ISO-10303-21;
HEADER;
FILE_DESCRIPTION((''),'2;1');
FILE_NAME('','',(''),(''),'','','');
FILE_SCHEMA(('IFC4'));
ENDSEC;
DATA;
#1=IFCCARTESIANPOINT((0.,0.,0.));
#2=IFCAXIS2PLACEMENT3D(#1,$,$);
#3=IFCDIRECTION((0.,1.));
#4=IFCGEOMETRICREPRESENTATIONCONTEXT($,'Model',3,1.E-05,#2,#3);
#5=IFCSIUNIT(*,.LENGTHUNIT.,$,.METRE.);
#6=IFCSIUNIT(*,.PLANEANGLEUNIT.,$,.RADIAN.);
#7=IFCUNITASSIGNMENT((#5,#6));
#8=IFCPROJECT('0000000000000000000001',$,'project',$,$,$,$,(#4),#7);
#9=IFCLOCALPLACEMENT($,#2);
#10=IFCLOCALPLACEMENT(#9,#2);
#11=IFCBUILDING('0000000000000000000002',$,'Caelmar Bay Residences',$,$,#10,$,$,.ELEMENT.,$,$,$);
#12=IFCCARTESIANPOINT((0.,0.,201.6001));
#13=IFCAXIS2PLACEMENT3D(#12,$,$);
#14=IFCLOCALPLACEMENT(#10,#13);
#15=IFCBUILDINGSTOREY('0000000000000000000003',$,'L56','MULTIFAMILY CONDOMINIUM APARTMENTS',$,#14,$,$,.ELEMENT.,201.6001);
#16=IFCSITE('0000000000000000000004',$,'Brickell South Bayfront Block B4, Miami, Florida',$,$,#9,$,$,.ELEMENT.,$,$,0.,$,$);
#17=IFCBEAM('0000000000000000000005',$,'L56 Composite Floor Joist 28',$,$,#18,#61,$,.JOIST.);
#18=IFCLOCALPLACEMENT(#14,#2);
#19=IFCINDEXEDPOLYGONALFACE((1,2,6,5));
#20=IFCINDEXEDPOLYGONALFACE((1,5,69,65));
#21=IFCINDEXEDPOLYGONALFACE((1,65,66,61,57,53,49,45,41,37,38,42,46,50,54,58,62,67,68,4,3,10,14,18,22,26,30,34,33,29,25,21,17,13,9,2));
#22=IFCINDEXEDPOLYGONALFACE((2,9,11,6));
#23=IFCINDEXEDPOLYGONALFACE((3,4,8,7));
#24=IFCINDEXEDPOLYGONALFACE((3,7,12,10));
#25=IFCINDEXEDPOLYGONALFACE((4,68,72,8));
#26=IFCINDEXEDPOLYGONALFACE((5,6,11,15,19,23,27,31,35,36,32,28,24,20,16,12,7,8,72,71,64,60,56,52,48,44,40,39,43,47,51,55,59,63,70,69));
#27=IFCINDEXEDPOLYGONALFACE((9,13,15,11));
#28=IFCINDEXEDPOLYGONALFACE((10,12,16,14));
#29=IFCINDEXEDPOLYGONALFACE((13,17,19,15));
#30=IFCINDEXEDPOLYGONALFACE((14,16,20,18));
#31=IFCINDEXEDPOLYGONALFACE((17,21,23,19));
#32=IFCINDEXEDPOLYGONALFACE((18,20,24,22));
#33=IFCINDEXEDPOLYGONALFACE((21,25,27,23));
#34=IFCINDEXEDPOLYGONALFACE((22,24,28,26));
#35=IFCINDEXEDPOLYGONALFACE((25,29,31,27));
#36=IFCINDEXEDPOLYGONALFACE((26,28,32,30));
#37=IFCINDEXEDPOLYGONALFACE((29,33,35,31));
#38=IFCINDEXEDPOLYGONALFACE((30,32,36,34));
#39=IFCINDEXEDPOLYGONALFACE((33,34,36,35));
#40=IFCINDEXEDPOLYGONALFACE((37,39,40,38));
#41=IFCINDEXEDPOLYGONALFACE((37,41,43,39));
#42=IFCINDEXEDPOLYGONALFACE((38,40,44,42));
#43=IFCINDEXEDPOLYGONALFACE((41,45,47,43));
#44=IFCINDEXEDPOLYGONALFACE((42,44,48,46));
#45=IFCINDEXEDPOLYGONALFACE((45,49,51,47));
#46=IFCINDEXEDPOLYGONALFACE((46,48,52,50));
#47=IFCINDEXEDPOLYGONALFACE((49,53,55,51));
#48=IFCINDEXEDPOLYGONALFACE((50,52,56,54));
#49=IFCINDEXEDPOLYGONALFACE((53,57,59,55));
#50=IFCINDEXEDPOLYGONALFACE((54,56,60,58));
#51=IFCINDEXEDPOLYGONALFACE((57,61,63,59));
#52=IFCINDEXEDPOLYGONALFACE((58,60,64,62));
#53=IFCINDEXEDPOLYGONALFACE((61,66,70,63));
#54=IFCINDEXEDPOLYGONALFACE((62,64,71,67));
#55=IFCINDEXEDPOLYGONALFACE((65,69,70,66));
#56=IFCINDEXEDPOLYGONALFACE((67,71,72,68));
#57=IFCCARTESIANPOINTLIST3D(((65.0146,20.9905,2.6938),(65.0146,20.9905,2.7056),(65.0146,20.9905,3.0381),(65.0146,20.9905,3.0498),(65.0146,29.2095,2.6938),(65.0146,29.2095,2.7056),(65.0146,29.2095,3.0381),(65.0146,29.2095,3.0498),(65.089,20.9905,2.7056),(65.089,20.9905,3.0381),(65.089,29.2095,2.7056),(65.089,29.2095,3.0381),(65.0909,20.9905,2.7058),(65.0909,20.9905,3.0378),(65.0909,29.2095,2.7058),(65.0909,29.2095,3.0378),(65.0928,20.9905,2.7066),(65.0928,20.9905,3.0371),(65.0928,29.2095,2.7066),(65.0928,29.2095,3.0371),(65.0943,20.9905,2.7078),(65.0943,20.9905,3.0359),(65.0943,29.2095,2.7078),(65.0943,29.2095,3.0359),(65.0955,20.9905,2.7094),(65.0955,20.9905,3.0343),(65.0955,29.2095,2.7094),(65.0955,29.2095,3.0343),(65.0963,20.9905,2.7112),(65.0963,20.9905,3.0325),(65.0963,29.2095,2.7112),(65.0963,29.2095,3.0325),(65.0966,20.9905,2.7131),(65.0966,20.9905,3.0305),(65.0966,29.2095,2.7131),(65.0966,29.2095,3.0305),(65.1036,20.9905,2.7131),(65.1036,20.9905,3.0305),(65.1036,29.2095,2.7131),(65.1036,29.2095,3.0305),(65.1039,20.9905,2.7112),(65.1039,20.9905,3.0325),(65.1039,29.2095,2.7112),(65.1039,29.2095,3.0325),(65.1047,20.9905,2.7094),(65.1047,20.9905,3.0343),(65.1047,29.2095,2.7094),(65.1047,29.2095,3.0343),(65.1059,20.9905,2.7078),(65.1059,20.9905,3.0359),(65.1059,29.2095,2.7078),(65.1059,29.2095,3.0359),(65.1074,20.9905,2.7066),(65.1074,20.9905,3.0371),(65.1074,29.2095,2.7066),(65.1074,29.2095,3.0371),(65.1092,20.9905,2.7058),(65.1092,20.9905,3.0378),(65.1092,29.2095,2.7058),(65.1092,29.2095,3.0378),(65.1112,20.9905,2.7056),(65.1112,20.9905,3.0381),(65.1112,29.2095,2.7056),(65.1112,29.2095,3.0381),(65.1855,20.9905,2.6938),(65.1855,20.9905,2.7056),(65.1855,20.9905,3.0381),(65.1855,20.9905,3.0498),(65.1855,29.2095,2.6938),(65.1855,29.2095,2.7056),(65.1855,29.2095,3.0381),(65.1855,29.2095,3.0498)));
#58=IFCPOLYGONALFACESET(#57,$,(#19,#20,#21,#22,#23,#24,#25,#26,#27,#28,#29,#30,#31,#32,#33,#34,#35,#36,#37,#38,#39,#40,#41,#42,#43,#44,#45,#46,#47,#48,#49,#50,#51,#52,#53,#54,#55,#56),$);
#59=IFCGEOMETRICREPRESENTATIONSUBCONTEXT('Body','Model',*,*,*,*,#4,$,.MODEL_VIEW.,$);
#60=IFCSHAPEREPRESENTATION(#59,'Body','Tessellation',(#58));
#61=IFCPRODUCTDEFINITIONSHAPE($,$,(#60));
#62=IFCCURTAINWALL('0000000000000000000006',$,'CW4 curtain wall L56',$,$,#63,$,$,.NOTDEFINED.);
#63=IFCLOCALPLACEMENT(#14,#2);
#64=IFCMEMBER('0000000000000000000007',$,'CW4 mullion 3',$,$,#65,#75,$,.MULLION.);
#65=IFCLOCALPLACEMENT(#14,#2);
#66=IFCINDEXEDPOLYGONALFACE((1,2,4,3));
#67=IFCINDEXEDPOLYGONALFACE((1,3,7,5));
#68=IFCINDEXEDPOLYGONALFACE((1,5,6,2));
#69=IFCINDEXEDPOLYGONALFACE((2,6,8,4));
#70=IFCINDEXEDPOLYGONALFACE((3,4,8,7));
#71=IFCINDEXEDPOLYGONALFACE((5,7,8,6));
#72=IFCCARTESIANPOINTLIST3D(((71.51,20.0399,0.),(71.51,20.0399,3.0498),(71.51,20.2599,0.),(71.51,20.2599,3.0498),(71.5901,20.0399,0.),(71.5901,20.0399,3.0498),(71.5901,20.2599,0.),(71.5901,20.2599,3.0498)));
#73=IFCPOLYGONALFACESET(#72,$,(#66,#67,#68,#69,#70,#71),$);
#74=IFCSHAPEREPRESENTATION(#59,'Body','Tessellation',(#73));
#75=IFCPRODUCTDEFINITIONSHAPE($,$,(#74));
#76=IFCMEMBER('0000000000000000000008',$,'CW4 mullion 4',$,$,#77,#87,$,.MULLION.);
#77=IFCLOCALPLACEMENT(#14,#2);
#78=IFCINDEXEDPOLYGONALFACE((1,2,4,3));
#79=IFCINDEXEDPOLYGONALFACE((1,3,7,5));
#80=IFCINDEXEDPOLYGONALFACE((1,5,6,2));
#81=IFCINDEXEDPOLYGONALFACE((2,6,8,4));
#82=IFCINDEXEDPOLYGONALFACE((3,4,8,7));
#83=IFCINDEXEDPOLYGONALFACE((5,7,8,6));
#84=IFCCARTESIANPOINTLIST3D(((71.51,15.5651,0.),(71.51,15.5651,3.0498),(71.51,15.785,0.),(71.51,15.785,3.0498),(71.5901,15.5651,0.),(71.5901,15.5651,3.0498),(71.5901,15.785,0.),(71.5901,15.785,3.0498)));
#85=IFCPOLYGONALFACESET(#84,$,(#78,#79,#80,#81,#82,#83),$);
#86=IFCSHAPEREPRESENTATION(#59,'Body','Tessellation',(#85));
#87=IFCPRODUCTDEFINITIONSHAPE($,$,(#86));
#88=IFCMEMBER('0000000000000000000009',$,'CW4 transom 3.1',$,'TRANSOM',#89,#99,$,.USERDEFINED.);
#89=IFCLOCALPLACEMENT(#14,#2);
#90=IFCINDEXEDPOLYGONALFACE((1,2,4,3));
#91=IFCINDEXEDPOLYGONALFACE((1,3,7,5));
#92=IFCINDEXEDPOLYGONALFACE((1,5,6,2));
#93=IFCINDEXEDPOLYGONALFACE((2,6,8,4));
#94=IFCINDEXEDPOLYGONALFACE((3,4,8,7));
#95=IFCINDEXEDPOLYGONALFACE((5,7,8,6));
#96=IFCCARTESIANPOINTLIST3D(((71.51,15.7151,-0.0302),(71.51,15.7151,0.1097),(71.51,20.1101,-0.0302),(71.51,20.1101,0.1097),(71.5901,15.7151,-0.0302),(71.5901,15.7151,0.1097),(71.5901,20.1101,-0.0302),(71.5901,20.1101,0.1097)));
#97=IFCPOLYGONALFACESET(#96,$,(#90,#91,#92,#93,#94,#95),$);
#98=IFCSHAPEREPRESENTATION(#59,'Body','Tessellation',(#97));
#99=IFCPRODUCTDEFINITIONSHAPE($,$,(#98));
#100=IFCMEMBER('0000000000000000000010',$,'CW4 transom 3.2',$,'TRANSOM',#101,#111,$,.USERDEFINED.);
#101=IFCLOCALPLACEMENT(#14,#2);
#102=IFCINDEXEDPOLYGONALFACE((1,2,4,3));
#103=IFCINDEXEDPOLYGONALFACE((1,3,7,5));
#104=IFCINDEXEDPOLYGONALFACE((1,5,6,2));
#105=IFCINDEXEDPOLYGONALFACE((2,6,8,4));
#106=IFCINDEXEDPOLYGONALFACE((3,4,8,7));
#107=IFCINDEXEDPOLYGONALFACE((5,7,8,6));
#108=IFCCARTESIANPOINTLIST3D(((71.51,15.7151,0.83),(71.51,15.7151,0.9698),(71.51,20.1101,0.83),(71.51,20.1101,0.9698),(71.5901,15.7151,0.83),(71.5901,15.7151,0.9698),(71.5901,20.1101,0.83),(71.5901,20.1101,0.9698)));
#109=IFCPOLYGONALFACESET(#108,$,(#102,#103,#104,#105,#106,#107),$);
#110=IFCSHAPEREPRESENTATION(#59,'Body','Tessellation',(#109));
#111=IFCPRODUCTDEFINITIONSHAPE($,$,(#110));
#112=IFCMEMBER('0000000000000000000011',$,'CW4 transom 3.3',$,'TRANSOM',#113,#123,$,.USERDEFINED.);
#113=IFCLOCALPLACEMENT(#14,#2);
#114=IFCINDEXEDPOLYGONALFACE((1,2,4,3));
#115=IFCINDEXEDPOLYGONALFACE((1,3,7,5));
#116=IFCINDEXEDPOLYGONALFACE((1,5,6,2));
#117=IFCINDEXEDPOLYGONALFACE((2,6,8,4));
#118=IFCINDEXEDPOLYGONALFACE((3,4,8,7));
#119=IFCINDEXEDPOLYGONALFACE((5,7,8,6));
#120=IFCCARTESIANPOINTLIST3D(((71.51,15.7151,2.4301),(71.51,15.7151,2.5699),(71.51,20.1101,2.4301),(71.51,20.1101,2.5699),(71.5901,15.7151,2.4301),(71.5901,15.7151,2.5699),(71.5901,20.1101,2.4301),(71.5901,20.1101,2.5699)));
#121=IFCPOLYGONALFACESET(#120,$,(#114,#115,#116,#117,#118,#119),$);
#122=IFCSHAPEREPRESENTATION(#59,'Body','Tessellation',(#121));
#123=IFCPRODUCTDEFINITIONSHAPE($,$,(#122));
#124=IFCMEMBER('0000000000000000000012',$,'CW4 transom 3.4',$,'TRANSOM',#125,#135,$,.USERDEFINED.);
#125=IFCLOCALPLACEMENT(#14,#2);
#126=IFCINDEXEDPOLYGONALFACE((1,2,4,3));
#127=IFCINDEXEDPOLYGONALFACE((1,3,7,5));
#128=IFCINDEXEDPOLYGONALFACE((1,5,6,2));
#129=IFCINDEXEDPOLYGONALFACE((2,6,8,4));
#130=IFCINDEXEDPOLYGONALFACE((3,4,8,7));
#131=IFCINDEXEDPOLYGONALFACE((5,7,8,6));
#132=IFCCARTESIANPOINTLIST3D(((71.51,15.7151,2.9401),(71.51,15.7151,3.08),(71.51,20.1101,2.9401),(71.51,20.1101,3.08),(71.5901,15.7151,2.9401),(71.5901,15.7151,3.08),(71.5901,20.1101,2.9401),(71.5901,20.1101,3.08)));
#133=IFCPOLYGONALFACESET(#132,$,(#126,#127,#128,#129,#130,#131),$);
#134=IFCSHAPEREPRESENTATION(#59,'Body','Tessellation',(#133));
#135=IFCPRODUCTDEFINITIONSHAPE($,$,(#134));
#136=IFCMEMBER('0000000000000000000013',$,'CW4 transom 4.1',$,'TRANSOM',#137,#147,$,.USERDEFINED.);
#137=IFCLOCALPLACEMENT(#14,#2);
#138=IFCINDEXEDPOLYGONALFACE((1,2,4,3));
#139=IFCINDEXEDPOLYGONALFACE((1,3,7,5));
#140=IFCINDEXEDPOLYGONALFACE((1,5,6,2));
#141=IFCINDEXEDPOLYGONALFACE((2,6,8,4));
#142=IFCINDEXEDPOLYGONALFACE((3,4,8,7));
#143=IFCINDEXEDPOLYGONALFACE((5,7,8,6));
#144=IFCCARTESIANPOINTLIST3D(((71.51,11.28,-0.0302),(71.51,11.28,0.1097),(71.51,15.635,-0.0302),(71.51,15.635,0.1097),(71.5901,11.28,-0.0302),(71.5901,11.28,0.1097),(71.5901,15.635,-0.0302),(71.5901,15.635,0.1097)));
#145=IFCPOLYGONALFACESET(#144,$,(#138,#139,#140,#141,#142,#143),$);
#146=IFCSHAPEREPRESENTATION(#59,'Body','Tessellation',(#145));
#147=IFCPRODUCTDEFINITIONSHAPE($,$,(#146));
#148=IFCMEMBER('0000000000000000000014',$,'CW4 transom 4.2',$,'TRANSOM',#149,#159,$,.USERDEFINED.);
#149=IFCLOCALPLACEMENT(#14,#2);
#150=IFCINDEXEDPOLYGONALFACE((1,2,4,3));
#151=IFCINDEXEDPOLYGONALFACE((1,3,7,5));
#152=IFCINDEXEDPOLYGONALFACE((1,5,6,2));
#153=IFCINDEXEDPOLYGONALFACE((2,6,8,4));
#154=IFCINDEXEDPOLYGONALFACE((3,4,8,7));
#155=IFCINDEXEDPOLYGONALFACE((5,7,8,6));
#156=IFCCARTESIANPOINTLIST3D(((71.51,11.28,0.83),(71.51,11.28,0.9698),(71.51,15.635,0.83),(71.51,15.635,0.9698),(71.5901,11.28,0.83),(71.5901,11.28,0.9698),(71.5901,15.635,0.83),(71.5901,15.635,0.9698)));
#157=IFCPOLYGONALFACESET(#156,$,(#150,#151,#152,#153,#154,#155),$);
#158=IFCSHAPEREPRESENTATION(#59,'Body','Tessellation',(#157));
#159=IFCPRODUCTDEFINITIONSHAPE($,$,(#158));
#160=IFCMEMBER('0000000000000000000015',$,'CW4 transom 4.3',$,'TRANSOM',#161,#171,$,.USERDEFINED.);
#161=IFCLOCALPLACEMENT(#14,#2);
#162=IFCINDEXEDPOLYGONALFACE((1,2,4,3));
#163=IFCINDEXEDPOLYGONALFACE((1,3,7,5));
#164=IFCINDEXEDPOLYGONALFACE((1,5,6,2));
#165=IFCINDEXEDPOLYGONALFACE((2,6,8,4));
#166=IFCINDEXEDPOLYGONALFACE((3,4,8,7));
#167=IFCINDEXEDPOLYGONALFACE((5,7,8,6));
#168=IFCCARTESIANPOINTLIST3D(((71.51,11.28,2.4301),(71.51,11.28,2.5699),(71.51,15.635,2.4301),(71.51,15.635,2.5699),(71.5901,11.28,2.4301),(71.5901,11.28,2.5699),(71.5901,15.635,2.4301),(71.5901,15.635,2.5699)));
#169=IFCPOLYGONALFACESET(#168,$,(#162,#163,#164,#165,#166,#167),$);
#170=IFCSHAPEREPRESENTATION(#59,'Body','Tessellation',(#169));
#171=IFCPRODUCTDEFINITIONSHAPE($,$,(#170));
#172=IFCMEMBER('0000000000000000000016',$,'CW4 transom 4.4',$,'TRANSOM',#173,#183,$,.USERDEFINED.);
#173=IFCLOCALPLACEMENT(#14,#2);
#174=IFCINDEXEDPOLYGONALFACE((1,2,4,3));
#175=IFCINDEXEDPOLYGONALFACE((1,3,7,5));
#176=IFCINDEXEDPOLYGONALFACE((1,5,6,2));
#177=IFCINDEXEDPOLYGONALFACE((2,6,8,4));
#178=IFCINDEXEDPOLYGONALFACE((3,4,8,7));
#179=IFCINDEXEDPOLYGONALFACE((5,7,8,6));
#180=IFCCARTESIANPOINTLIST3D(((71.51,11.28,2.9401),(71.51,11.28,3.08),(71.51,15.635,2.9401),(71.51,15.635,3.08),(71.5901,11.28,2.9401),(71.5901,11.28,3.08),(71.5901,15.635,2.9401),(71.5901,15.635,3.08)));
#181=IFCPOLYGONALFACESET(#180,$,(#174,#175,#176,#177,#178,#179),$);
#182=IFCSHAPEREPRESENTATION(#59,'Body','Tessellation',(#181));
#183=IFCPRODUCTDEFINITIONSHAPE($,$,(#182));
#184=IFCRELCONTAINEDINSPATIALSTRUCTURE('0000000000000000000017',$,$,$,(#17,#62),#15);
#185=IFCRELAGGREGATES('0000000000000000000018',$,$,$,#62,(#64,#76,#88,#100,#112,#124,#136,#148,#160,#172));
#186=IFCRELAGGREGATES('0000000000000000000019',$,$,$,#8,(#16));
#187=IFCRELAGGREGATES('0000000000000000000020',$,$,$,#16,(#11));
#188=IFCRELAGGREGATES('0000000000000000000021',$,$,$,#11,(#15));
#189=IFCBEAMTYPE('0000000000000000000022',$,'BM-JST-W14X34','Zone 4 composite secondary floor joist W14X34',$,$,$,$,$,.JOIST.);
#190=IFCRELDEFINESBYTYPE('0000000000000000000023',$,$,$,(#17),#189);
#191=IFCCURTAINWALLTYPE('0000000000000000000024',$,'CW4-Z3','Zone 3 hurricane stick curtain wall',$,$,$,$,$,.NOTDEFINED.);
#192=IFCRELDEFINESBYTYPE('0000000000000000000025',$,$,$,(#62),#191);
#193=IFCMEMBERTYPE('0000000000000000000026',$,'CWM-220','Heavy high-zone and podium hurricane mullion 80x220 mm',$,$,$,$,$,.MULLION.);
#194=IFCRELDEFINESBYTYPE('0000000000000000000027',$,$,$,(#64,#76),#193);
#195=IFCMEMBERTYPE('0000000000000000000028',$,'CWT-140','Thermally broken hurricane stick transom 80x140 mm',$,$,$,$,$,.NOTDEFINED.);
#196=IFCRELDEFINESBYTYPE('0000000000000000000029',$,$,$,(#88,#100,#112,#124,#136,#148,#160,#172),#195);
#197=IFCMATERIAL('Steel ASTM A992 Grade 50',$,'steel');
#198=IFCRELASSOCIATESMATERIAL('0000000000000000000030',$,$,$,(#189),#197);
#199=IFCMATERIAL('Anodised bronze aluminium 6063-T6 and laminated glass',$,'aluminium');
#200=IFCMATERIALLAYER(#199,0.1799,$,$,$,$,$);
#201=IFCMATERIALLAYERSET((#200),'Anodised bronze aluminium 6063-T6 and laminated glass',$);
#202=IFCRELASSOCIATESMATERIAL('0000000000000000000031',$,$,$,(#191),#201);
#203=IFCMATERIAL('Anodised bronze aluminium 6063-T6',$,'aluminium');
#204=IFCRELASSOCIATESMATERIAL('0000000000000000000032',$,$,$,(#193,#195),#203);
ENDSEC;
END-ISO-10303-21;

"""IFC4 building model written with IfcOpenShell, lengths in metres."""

from ifc_helpers import new_model, si_unit, direction, frame, origin, origin_2d, place, context, subcontext, project, spatial, rectangle, i_section, extrude, material, layer, layer_set, material_profile, profile_set, type_object, element, aggregate, save


model = new_model("IFC4")

# Units and contexts
model_context = context("Model", 3, precision=1e-05, world=origin(), true_north=direction((0.0, 1.0)))
body_context = subcontext(model_context, "Body", "Model", "MODEL_VIEW")
ifc_project = project(units=[si_unit("LENGTHUNIT", "METRE"), si_unit("PLANEANGLEUNIT", "RADIAN")], contexts=[model_context])

# Site, building, storey
site_placement = place(None, origin())
site = spatial("IfcSite", under=ifc_project, at=site_placement, Name="Brickell South Bayfront Block B4, Miami, Florida", CompositionType="ELEMENT", RefElevation=0.0)
building_placement = place(site_placement, origin())
building = spatial("IfcBuilding", under=site, at=building_placement, Name="Caelmar Bay Residences", CompositionType="ELEMENT")
storey_placement = place(building_placement, frame((0.0, 0.0, 201.6001)))
storey = spatial("IfcBuildingStorey", under=building, at=storey_placement, Name="L56", Description="MULTIFAMILY CONDOMINIUM APARTMENTS", CompositionType="ELEMENT", Elevation=201.6001)

# Beam
ifc_material_1 = material(Name="Steel ASTM A992 Grade 50", Category="steel")
ifc_material_profile_1 = material_profile(ifc_material_1, i_section(OverallWidth=0.1709, OverallDepth=0.356, WebThickness=0.0071, FlangeThickness=0.0117, FilletRadius=0.0076, at=origin_2d()), Name="W14X34")
ifc_profile_set_1 = profile_set([ifc_material_profile_1], Name="Steel ASTM A992 Grade 50")
beam_type_1 = type_object("IfcBeamType", Name="BM-JST-W14X34", Description="Zone 4 composite secondary floor joist W14X34", PredefinedType="JOIST", material=ifc_profile_set_1)
beam_1_placement = place(storey_placement, frame((65.1001, 20.9905, 2.8718), z_axis=(0.0, 1.0, 0.0), x_axis=(-1.0, 0.0, 0.0)))
element("IfcBeam", 1, at=beam_1_placement, inside=storey, type_object=beam_type_1, Name="L56 Composite Floor Joist 28", PredefinedType="JOIST", context=body_context, shape_type="SweptSolid", body=[
    extrude(i_section(OverallWidth=0.1709, OverallDepth=0.356, WebThickness=0.0071, FlangeThickness=0.0117, FilletRadius=0.0076, at=origin_2d()), origin(), (0.0, 0.0, 1.0), 8.219),
])

# Curtain wall, members
ifc_material_2 = material(Name="Anodised bronze aluminium 6063-T6 and laminated glass", Category="aluminium")
ifc_layer_1 = layer(ifc_material_2, 0.1799)
ifc_layer_set_1 = layer_set([ifc_layer_1], Name="Anodised bronze aluminium 6063-T6 and laminated glass")
curtain_wall_type = type_object("IfcCurtainWallType", Name="CW4-Z3", Description="Zone 3 hurricane stick curtain wall", PredefinedType="NOTDEFINED", material=ifc_layer_set_1)
curtain_wall_placement = place(storey_placement, origin())
curtain_wall = element("IfcCurtainWall", 2, at=curtain_wall_placement, inside=storey, type_object=curtain_wall_type, Name="CW4 curtain wall L56", PredefinedType="NOTDEFINED")
ifc_material_3 = material(Name="Anodised bronze aluminium 6063-T6", Category="aluminium")
ifc_material_profile_2 = material_profile(ifc_material_3, rectangle(XDim=0.0801, YDim=0.22, at=origin_2d()), Name="CWM-80X220")
ifc_profile_set_2 = profile_set([ifc_material_profile_2], Name="Anodised bronze aluminium 6063-T6")
member_type_1 = type_object("IfcMemberType", Name="CWM-220", Description="Heavy high-zone and podium hurricane mullion 80x220 mm", PredefinedType="MULLION", material=ifc_profile_set_2)
member_1_placement = place(storey_placement, frame((71.55, 20.1499, 0.0), z_axis=(0.0, 0.0, 1.0), x_axis=(1.0, 0.0, 0.0)))
member_1 = element("IfcMember", 3, at=member_1_placement, type_object=member_type_1, Name="CW4 mullion 3", PredefinedType="MULLION", context=body_context, shape_type="SweptSolid", body=[
    extrude(rectangle(XDim=0.0801, YDim=0.22, at=origin_2d()), origin(), (0.0, 0.0, 1.0), 3.0498),
])
member_2_placement = place(storey_placement, frame((71.55, 15.675, 0.0), z_axis=(0.0, 0.0, 1.0), x_axis=(1.0, 0.0, 0.0)))
member_2 = element("IfcMember", 4, at=member_2_placement, type_object=member_type_1, Name="CW4 mullion 4", PredefinedType="MULLION", context=body_context, shape_type="SweptSolid", body=[
    extrude(rectangle(XDim=0.0801, YDim=0.22, at=origin_2d()), origin(), (0.0, 0.0, 1.0), 3.0498),
])
ifc_material_profile_3 = material_profile(ifc_material_3, rectangle(XDim=0.0801, YDim=0.1399, at=origin_2d()), Name="CWT-80X140")
ifc_profile_set_3 = profile_set([ifc_material_profile_3], Name="Anodised bronze aluminium 6063-T6")
member_type_2 = type_object("IfcMemberType", Name="CWT-140", Description="Thermally broken hurricane stick transom 80x140 mm", PredefinedType="NOTDEFINED", material=ifc_profile_set_3)
member_3_placement = place(storey_placement, frame((71.55, 20.1101, 0.0398), z_axis=(0.0, -1.0, 0.0), x_axis=(1.0, 0.0, 0.0)))
member_3 = element("IfcMember", 5, at=member_3_placement, type_object=member_type_2, Name="CW4 transom 3.1", ObjectType="TRANSOM", PredefinedType="USERDEFINED", context=body_context, shape_type="SweptSolid", body=[
    extrude(rectangle(XDim=0.0801, YDim=0.1399, at=origin_2d()), origin(), (0.0, 0.0, 1.0), 4.395),
])
member_4_placement = place(storey_placement, frame((71.55, 20.1101, 0.8999), z_axis=(0.0, -1.0, 0.0), x_axis=(1.0, 0.0, 0.0)))
member_4 = element("IfcMember", 6, at=member_4_placement, type_object=member_type_2, Name="CW4 transom 3.2", ObjectType="TRANSOM", PredefinedType="USERDEFINED", context=body_context, shape_type="SweptSolid", body=[
    extrude(rectangle(XDim=0.0801, YDim=0.1399, at=origin_2d()), origin(), (0.0, 0.0, 1.0), 4.395),
])
member_5_placement = place(storey_placement, frame((71.55, 20.1101, 2.5), z_axis=(0.0, -1.0, 0.0), x_axis=(1.0, 0.0, 0.0)))
member_5 = element("IfcMember", 7, at=member_5_placement, type_object=member_type_2, Name="CW4 transom 3.3", ObjectType="TRANSOM", PredefinedType="USERDEFINED", context=body_context, shape_type="SweptSolid", body=[
    extrude(rectangle(XDim=0.0801, YDim=0.1399, at=origin_2d()), origin(), (0.0, 0.0, 1.0), 4.395),
])
member_6_placement = place(storey_placement, frame((71.55, 20.1101, 3.01), z_axis=(0.0, -1.0, 0.0), x_axis=(1.0, 0.0, 0.0)))
member_6 = element("IfcMember", 8, at=member_6_placement, type_object=member_type_2, Name="CW4 transom 3.4", ObjectType="TRANSOM", PredefinedType="USERDEFINED", context=body_context, shape_type="SweptSolid", body=[
    extrude(rectangle(XDim=0.0801, YDim=0.1399, at=origin_2d()), origin(), (0.0, 0.0, 1.0), 4.395),
])
member_7_placement = place(storey_placement, frame((71.55, 15.635, 0.0398), z_axis=(0.0, -1.0, 0.0), x_axis=(1.0, 0.0, 0.0)))
member_7 = element("IfcMember", 9, at=member_7_placement, type_object=member_type_2, Name="CW4 transom 4.1", ObjectType="TRANSOM", PredefinedType="USERDEFINED", context=body_context, shape_type="SweptSolid", body=[
    extrude(rectangle(XDim=0.0801, YDim=0.1399, at=origin_2d()), origin(), (0.0, 0.0, 1.0), 4.355),
])
member_8_placement = place(storey_placement, frame((71.55, 15.635, 0.8999), z_axis=(0.0, -1.0, 0.0), x_axis=(1.0, 0.0, 0.0)))
member_8 = element("IfcMember", 10, at=member_8_placement, type_object=member_type_2, Name="CW4 transom 4.2", ObjectType="TRANSOM", PredefinedType="USERDEFINED", context=body_context, shape_type="SweptSolid", body=[
    extrude(rectangle(XDim=0.0801, YDim=0.1399, at=origin_2d()), origin(), (0.0, 0.0, 1.0), 4.355),
])
member_9_placement = place(storey_placement, frame((71.55, 15.635, 2.5), z_axis=(0.0, -1.0, 0.0), x_axis=(1.0, 0.0, 0.0)))
member_9 = element("IfcMember", 11, at=member_9_placement, type_object=member_type_2, Name="CW4 transom 4.3", ObjectType="TRANSOM", PredefinedType="USERDEFINED", context=body_context, shape_type="SweptSolid", body=[
    extrude(rectangle(XDim=0.0801, YDim=0.1399, at=origin_2d()), origin(), (0.0, 0.0, 1.0), 4.355),
])
member_10_placement = place(storey_placement, frame((71.55, 15.635, 3.01), z_axis=(0.0, -1.0, 0.0), x_axis=(1.0, 0.0, 0.0)))
member_10 = element("IfcMember", 12, at=member_10_placement, type_object=member_type_2, Name="CW4 transom 4.4", ObjectType="TRANSOM", PredefinedType="USERDEFINED", context=body_context, shape_type="SweptSolid", body=[
    extrude(rectangle(XDim=0.0801, YDim=0.1399, at=origin_2d()), origin(), (0.0, 0.0, 1.0), 4.355),
])
aggregate(curtain_wall, [member_1, member_2, member_3, member_4, member_5, member_6, member_7, member_8, member_9, member_10])

save(model, "model.ifc")
